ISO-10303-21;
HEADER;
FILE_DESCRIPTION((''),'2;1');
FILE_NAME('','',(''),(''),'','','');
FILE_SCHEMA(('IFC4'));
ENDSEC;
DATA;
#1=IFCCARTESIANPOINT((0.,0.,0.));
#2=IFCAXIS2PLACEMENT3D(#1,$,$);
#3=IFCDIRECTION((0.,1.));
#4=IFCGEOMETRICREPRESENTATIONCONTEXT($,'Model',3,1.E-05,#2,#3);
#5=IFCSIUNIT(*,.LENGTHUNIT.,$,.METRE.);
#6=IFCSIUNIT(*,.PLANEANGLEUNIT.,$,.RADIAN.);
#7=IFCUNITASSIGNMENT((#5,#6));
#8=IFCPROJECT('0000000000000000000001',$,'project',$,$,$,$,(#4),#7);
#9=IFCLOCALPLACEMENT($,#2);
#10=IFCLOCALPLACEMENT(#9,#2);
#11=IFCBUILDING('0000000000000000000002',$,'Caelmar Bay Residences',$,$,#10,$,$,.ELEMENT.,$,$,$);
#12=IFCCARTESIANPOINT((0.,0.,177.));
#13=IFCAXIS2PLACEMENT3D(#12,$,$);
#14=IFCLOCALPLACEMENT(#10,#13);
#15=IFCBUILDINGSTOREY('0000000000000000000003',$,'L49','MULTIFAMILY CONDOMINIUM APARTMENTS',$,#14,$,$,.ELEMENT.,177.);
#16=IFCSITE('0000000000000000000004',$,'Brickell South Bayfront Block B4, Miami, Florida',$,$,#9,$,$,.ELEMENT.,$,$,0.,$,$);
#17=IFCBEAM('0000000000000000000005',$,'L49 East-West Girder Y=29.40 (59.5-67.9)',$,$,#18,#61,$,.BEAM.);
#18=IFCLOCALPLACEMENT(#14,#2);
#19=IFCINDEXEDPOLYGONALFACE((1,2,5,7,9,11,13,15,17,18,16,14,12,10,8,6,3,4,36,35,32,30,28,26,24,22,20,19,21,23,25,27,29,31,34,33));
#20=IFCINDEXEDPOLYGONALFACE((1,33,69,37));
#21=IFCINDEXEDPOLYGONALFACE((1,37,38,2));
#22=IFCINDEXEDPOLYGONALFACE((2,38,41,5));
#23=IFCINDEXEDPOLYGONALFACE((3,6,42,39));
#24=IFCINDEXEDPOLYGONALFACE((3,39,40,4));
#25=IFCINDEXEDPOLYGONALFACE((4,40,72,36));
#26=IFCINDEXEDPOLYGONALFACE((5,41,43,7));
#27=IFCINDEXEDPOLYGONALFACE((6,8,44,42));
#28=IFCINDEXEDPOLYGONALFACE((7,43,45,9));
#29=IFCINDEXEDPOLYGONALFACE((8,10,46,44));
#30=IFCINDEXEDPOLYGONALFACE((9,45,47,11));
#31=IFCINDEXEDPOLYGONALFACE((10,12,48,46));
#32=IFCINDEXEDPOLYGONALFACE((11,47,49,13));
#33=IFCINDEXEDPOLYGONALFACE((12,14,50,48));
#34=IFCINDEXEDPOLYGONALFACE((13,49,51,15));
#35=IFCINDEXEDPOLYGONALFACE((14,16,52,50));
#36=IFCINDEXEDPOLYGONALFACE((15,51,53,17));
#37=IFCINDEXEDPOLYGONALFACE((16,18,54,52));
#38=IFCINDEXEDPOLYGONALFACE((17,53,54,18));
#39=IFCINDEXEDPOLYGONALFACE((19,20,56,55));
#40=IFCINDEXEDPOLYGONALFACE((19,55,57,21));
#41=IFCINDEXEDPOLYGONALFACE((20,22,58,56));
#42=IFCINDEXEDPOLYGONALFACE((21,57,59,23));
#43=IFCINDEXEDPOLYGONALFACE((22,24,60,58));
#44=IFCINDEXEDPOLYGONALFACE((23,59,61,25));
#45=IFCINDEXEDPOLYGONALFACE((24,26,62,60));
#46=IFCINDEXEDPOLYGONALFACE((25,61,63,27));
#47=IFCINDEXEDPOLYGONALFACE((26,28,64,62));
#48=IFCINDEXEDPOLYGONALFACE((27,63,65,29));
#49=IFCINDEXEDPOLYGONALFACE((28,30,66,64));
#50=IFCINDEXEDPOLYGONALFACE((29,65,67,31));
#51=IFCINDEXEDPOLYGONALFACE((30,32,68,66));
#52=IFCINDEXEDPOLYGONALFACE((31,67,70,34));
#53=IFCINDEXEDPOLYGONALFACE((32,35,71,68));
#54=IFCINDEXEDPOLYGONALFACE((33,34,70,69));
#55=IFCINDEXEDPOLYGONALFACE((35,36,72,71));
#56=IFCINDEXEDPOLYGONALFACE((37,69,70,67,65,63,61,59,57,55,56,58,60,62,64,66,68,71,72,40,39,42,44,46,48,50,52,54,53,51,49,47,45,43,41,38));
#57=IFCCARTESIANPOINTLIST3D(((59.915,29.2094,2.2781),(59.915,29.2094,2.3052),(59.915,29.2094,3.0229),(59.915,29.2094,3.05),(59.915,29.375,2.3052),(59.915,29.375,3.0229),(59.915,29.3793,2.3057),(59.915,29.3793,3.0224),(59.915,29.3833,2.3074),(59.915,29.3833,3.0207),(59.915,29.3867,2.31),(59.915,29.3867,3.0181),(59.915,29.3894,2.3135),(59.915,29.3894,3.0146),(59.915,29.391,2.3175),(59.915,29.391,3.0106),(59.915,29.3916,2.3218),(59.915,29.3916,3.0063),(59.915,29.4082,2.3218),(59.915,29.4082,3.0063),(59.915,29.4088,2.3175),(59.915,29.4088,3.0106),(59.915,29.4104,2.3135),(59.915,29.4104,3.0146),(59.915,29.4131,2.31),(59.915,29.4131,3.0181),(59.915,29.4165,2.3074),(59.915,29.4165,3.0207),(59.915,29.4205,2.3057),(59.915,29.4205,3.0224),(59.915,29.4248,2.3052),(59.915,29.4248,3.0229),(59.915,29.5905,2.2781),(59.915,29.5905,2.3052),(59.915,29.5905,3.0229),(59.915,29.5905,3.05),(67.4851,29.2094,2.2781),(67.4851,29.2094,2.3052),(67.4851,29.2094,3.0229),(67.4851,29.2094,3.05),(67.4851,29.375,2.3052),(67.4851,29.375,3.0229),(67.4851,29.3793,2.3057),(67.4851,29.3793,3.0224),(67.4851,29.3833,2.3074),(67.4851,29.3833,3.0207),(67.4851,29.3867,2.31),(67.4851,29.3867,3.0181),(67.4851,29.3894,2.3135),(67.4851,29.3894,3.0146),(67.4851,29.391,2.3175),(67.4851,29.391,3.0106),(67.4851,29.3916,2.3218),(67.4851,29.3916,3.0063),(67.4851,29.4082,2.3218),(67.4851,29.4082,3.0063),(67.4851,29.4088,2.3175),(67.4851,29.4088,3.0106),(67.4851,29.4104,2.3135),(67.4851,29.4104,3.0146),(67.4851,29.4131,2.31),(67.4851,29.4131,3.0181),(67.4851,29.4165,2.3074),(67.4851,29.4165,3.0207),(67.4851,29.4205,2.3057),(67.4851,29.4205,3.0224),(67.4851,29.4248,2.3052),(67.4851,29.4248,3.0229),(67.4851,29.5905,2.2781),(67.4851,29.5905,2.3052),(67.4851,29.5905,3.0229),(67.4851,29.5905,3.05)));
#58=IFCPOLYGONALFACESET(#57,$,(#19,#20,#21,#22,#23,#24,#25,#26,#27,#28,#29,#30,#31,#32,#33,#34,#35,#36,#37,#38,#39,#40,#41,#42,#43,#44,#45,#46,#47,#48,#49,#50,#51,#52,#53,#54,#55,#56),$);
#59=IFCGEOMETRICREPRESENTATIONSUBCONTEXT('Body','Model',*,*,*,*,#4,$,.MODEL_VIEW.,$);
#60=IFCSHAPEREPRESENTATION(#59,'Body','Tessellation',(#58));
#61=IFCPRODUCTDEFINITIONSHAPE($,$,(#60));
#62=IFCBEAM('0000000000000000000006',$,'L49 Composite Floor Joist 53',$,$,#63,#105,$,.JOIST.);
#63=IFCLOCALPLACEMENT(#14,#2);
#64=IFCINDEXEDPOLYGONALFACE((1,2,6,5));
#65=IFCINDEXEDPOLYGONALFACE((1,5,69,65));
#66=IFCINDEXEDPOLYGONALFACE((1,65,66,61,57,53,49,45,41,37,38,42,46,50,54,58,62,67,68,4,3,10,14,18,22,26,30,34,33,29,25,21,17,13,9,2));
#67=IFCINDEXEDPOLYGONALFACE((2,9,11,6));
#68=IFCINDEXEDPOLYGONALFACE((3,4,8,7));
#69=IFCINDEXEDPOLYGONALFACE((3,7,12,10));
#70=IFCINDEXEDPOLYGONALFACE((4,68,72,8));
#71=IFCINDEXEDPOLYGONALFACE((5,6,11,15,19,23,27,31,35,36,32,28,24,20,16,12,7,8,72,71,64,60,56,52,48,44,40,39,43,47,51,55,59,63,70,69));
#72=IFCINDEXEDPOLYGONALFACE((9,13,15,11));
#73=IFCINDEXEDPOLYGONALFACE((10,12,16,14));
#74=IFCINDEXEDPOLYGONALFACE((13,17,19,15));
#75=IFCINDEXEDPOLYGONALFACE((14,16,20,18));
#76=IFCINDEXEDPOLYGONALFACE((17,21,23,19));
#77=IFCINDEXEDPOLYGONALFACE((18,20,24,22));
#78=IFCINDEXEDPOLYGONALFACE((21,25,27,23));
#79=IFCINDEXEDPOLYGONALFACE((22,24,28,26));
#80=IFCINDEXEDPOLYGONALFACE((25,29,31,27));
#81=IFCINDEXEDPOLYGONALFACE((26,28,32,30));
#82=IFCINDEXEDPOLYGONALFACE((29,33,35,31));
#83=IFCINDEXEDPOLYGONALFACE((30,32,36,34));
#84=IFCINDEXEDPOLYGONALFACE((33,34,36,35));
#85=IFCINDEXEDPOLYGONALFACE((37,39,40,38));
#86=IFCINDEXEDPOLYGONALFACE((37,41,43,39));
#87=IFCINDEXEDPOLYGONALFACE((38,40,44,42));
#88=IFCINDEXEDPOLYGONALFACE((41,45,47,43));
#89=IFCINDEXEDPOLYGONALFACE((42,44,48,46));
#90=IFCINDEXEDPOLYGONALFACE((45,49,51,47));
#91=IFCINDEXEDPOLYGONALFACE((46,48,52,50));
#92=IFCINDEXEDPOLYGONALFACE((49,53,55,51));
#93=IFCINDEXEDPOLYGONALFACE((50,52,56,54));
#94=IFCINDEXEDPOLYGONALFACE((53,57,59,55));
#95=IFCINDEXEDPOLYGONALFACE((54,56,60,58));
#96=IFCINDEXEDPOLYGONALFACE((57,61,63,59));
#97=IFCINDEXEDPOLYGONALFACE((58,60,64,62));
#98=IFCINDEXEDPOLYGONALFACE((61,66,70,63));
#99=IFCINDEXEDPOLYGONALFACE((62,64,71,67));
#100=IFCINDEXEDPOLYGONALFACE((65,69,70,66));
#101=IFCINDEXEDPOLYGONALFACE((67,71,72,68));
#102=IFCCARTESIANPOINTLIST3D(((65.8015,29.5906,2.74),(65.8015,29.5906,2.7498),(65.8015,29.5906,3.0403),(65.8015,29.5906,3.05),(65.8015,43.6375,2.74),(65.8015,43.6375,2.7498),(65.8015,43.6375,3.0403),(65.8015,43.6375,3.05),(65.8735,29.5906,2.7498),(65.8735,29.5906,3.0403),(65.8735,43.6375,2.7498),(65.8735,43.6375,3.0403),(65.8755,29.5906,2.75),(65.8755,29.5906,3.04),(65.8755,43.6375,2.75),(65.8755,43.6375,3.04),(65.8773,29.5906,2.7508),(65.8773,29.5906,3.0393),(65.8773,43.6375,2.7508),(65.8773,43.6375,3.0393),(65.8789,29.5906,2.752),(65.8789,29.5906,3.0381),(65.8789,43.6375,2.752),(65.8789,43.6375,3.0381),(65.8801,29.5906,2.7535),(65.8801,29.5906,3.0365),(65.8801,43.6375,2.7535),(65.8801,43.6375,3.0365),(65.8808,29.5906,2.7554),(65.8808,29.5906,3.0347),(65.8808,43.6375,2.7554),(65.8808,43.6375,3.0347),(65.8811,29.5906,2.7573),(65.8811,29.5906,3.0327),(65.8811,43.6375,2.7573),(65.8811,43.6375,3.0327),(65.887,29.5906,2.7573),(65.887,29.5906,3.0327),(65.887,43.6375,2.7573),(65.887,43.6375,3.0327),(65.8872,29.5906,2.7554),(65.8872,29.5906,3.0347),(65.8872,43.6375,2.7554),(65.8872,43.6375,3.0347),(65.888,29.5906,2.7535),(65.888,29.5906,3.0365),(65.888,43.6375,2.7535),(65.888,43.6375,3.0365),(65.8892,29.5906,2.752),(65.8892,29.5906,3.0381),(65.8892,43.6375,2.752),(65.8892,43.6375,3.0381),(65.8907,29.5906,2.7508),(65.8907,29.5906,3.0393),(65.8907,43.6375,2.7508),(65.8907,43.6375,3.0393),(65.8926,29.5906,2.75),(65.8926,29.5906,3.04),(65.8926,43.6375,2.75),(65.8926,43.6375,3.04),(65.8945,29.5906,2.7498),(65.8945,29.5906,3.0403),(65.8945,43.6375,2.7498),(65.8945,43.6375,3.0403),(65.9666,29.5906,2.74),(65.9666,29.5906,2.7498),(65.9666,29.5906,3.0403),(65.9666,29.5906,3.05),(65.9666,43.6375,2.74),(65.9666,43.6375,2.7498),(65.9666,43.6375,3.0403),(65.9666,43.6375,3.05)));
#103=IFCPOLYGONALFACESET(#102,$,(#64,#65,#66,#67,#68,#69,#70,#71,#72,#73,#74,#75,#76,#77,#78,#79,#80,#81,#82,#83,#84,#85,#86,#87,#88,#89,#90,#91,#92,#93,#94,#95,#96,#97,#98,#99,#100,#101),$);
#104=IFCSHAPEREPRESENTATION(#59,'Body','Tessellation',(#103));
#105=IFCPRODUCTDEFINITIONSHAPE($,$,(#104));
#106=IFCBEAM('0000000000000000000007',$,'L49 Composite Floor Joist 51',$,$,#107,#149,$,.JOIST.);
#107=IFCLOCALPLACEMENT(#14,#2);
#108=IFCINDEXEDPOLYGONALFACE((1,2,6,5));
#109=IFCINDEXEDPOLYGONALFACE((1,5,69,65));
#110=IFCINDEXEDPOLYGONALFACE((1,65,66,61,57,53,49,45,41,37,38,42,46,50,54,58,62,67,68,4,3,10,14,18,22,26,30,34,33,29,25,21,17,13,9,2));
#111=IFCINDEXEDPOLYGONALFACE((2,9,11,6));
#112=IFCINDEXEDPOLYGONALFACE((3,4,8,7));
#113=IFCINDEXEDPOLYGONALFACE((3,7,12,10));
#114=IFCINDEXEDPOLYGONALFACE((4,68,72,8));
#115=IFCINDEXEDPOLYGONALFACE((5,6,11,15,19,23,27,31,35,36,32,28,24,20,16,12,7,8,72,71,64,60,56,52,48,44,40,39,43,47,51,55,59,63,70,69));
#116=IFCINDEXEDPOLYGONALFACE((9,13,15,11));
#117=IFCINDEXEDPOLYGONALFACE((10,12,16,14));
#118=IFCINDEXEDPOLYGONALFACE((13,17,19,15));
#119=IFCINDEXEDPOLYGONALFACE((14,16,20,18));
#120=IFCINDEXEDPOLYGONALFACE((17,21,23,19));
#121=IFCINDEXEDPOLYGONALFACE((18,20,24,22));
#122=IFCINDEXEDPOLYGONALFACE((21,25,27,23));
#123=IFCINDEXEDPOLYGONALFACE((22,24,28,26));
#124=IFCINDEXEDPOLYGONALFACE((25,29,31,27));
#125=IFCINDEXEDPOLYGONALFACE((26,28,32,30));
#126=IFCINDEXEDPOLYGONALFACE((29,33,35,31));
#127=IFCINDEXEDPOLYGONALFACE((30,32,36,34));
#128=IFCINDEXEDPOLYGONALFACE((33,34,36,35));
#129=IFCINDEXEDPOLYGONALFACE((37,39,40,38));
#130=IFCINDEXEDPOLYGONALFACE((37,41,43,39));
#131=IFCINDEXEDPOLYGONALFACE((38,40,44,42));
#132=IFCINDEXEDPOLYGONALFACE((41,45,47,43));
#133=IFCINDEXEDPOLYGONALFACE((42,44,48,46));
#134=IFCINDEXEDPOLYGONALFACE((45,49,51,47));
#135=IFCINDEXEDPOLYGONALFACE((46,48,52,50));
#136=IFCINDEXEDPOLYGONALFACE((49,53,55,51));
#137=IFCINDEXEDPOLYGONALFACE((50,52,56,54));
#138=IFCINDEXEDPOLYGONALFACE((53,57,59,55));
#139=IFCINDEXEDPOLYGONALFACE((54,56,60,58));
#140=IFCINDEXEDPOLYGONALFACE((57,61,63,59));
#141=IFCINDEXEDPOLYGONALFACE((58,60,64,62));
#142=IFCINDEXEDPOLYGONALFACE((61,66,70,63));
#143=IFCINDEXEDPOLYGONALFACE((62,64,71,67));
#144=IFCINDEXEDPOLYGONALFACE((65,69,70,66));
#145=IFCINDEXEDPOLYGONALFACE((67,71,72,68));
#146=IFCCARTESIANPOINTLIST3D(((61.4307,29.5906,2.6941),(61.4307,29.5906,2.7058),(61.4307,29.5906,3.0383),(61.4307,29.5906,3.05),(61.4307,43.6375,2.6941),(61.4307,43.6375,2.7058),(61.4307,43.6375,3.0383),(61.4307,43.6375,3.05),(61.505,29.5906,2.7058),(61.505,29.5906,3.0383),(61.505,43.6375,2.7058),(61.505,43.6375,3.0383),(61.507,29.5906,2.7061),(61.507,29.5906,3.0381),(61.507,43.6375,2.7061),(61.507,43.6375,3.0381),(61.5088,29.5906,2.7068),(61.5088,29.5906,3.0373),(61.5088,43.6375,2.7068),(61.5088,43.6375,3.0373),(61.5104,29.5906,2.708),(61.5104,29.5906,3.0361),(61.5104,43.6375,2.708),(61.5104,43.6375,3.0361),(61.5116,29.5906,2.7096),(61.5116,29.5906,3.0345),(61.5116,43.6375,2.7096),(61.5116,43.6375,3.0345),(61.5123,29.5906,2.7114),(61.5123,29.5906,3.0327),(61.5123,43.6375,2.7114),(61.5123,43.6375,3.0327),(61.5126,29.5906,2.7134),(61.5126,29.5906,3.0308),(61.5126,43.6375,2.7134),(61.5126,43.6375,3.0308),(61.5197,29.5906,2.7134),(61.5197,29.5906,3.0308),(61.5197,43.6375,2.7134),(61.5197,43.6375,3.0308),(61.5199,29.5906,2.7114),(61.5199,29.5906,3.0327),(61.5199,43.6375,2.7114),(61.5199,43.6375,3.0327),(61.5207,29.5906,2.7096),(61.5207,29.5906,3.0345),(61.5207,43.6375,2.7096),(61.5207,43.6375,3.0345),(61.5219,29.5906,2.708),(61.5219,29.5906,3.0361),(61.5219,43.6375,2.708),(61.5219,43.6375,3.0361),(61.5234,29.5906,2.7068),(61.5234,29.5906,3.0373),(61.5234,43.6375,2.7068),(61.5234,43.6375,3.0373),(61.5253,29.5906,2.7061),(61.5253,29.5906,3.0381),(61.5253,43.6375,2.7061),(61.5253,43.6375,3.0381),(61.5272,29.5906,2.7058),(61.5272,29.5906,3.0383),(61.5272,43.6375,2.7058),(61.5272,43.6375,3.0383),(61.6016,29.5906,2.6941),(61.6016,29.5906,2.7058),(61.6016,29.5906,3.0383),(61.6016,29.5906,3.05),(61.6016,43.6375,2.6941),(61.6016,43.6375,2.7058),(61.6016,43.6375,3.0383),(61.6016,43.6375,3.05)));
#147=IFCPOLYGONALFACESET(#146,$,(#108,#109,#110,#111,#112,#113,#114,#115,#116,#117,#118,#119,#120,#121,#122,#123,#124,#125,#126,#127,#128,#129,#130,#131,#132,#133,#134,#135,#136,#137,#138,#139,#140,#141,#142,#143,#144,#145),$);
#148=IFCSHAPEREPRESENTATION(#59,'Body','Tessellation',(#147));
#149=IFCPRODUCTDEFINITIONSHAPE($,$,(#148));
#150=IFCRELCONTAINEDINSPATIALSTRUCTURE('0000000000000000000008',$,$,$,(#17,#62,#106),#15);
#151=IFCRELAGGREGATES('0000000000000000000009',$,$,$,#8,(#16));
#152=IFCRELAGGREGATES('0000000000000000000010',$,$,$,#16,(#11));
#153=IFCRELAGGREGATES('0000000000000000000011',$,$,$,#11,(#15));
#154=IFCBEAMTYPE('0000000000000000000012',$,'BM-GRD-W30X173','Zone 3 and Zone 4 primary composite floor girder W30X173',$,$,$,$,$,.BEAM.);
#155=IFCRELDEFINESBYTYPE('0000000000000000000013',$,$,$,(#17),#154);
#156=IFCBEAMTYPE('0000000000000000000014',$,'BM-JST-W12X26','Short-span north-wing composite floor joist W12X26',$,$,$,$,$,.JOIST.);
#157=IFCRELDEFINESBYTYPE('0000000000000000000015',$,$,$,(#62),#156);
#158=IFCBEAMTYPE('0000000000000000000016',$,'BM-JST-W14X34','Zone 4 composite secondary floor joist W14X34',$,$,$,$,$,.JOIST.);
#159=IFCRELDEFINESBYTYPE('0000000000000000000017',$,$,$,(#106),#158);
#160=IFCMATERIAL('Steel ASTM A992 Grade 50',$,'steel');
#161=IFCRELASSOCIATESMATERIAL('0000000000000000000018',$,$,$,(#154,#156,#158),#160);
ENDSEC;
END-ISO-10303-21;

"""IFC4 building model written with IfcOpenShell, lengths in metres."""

from ifc_helpers import new_model, si_unit, direction, frame, origin, origin_2d, place, context, subcontext, project, spatial, i_section, extrude, material, material_profile, profile_set, type_object, element, save


model = new_model("IFC4")

# Units and contexts
model_context = context("Model", 3, precision=1e-05, world=origin(), true_north=direction((0.0, 1.0)))
body_context = subcontext(model_context, "Body", "Model", "MODEL_VIEW")
ifc_project = project(units=[si_unit("LENGTHUNIT", "METRE"), si_unit("PLANEANGLEUNIT", "RADIAN")], contexts=[model_context])

# Site, building, storey
site_placement = place(None, origin())
site = spatial("IfcSite", under=ifc_project, at=site_placement, Name="Brickell South Bayfront Block B4, Miami, Florida", CompositionType="ELEMENT", RefElevation=0.0)
building_placement = place(site_placement, origin())
building = spatial("IfcBuilding", under=site, at=building_placement, Name="Caelmar Bay Residences", CompositionType="ELEMENT")
storey_placement = place(building_placement, frame((0.0, 0.0, 177.0)))
storey = spatial("IfcBuildingStorey", under=building, at=storey_placement, Name="L49", Description="MULTIFAMILY CONDOMINIUM APARTMENTS", CompositionType="ELEMENT", Elevation=177.0)

# Beams
ifc_material_1 = material(Name="Steel ASTM A992 Grade 50", Category="steel")
ifc_material_profile_1 = material_profile(ifc_material_1, i_section(OverallWidth=0.3811, OverallDepth=0.772, WebThickness=0.0166, FlangeThickness=0.0271, FilletRadius=0.0166, at=origin_2d()), Name="W30X173")
ifc_profile_set_1 = profile_set([ifc_material_profile_1], Name="Steel ASTM A992 Grade 50")
beam_type_1 = type_object("IfcBeamType", Name="BM-GRD-W30X173", Description="Zone 3 and Zone 4 primary composite floor girder W30X173", PredefinedType="BEAM", material=ifc_profile_set_1)
beam_1_placement = place(storey_placement, frame((59.915, 29.3999, 2.6641), z_axis=(1.0, 0.0, 0.0), x_axis=(0.0, 1.0, 0.0)))
element("IfcBeam", 1, at=beam_1_placement, inside=storey, type_object=beam_type_1, Name="L49 East-West Girder Y=29.40 (59.5-67.9)", PredefinedType="BEAM", context=body_context, shape_type="SweptSolid", body=[
    extrude(i_section(OverallWidth=0.3811, OverallDepth=0.772, WebThickness=0.0166, FlangeThickness=0.0271, FilletRadius=0.0166, at=origin_2d()), origin(), (0.0, 0.0, 1.0), 7.5701),
])
ifc_material_profile_2 = material_profile(ifc_material_1, i_section(OverallWidth=0.165, OverallDepth=0.3101, WebThickness=0.0059, FlangeThickness=0.0098, FilletRadius=0.0076, at=origin_2d()), Name="W12X26")
ifc_profile_set_2 = profile_set([ifc_material_profile_2], Name="Steel ASTM A992 Grade 50")
beam_type_2 = type_object("IfcBeamType", Name="BM-JST-W12X26", Description="Short-span north-wing composite floor joist W12X26", PredefinedType="JOIST", material=ifc_profile_set_2)
beam_2_placement = place(storey_placement, frame((65.884, 29.5906, 2.895), z_axis=(0.0, 1.0, 0.0), x_axis=(-1.0, 0.0, 0.0)))
element("IfcBeam", 2, at=beam_2_placement, inside=storey, type_object=beam_type_2, Name="L49 Composite Floor Joist 53", PredefinedType="JOIST", context=body_context, shape_type="SweptSolid", body=[
    extrude(i_section(OverallWidth=0.165, OverallDepth=0.3101, WebThickness=0.0059, FlangeThickness=0.0098, FilletRadius=0.0076, at=origin_2d()), origin(), (0.0, 0.0, 1.0), 14.0469),
])
ifc_material_profile_3 = material_profile(ifc_material_1, i_section(OverallWidth=0.1709, OverallDepth=0.356, WebThickness=0.0071, FlangeThickness=0.0117, FilletRadius=0.0076, at=origin_2d()), Name="W14X34")
ifc_profile_set_3 = profile_set([ifc_material_profile_3], Name="Steel ASTM A992 Grade 50")
beam_type_3 = type_object("IfcBeamType", Name="BM-JST-W14X34", Description="Zone 4 composite secondary floor joist W14X34", PredefinedType="JOIST", material=ifc_profile_set_3)
beam_3_placement = place(storey_placement, frame((61.5161, 29.5906, 2.8721), z_axis=(0.0, 1.0, 0.0), x_axis=(-1.0, 0.0, 0.0)))
element("IfcBeam", 3, at=beam_3_placement, inside=storey, type_object=beam_type_3, Name="L49 Composite Floor Joist 51", PredefinedType="JOIST", context=body_context, shape_type="SweptSolid", body=[
    extrude(i_section(OverallWidth=0.1709, OverallDepth=0.356, WebThickness=0.0071, FlangeThickness=0.0117, FilletRadius=0.0076, at=origin_2d()), origin(), (0.0, 0.0, 1.0), 14.0469),
])

save(model, "model.ifc")
